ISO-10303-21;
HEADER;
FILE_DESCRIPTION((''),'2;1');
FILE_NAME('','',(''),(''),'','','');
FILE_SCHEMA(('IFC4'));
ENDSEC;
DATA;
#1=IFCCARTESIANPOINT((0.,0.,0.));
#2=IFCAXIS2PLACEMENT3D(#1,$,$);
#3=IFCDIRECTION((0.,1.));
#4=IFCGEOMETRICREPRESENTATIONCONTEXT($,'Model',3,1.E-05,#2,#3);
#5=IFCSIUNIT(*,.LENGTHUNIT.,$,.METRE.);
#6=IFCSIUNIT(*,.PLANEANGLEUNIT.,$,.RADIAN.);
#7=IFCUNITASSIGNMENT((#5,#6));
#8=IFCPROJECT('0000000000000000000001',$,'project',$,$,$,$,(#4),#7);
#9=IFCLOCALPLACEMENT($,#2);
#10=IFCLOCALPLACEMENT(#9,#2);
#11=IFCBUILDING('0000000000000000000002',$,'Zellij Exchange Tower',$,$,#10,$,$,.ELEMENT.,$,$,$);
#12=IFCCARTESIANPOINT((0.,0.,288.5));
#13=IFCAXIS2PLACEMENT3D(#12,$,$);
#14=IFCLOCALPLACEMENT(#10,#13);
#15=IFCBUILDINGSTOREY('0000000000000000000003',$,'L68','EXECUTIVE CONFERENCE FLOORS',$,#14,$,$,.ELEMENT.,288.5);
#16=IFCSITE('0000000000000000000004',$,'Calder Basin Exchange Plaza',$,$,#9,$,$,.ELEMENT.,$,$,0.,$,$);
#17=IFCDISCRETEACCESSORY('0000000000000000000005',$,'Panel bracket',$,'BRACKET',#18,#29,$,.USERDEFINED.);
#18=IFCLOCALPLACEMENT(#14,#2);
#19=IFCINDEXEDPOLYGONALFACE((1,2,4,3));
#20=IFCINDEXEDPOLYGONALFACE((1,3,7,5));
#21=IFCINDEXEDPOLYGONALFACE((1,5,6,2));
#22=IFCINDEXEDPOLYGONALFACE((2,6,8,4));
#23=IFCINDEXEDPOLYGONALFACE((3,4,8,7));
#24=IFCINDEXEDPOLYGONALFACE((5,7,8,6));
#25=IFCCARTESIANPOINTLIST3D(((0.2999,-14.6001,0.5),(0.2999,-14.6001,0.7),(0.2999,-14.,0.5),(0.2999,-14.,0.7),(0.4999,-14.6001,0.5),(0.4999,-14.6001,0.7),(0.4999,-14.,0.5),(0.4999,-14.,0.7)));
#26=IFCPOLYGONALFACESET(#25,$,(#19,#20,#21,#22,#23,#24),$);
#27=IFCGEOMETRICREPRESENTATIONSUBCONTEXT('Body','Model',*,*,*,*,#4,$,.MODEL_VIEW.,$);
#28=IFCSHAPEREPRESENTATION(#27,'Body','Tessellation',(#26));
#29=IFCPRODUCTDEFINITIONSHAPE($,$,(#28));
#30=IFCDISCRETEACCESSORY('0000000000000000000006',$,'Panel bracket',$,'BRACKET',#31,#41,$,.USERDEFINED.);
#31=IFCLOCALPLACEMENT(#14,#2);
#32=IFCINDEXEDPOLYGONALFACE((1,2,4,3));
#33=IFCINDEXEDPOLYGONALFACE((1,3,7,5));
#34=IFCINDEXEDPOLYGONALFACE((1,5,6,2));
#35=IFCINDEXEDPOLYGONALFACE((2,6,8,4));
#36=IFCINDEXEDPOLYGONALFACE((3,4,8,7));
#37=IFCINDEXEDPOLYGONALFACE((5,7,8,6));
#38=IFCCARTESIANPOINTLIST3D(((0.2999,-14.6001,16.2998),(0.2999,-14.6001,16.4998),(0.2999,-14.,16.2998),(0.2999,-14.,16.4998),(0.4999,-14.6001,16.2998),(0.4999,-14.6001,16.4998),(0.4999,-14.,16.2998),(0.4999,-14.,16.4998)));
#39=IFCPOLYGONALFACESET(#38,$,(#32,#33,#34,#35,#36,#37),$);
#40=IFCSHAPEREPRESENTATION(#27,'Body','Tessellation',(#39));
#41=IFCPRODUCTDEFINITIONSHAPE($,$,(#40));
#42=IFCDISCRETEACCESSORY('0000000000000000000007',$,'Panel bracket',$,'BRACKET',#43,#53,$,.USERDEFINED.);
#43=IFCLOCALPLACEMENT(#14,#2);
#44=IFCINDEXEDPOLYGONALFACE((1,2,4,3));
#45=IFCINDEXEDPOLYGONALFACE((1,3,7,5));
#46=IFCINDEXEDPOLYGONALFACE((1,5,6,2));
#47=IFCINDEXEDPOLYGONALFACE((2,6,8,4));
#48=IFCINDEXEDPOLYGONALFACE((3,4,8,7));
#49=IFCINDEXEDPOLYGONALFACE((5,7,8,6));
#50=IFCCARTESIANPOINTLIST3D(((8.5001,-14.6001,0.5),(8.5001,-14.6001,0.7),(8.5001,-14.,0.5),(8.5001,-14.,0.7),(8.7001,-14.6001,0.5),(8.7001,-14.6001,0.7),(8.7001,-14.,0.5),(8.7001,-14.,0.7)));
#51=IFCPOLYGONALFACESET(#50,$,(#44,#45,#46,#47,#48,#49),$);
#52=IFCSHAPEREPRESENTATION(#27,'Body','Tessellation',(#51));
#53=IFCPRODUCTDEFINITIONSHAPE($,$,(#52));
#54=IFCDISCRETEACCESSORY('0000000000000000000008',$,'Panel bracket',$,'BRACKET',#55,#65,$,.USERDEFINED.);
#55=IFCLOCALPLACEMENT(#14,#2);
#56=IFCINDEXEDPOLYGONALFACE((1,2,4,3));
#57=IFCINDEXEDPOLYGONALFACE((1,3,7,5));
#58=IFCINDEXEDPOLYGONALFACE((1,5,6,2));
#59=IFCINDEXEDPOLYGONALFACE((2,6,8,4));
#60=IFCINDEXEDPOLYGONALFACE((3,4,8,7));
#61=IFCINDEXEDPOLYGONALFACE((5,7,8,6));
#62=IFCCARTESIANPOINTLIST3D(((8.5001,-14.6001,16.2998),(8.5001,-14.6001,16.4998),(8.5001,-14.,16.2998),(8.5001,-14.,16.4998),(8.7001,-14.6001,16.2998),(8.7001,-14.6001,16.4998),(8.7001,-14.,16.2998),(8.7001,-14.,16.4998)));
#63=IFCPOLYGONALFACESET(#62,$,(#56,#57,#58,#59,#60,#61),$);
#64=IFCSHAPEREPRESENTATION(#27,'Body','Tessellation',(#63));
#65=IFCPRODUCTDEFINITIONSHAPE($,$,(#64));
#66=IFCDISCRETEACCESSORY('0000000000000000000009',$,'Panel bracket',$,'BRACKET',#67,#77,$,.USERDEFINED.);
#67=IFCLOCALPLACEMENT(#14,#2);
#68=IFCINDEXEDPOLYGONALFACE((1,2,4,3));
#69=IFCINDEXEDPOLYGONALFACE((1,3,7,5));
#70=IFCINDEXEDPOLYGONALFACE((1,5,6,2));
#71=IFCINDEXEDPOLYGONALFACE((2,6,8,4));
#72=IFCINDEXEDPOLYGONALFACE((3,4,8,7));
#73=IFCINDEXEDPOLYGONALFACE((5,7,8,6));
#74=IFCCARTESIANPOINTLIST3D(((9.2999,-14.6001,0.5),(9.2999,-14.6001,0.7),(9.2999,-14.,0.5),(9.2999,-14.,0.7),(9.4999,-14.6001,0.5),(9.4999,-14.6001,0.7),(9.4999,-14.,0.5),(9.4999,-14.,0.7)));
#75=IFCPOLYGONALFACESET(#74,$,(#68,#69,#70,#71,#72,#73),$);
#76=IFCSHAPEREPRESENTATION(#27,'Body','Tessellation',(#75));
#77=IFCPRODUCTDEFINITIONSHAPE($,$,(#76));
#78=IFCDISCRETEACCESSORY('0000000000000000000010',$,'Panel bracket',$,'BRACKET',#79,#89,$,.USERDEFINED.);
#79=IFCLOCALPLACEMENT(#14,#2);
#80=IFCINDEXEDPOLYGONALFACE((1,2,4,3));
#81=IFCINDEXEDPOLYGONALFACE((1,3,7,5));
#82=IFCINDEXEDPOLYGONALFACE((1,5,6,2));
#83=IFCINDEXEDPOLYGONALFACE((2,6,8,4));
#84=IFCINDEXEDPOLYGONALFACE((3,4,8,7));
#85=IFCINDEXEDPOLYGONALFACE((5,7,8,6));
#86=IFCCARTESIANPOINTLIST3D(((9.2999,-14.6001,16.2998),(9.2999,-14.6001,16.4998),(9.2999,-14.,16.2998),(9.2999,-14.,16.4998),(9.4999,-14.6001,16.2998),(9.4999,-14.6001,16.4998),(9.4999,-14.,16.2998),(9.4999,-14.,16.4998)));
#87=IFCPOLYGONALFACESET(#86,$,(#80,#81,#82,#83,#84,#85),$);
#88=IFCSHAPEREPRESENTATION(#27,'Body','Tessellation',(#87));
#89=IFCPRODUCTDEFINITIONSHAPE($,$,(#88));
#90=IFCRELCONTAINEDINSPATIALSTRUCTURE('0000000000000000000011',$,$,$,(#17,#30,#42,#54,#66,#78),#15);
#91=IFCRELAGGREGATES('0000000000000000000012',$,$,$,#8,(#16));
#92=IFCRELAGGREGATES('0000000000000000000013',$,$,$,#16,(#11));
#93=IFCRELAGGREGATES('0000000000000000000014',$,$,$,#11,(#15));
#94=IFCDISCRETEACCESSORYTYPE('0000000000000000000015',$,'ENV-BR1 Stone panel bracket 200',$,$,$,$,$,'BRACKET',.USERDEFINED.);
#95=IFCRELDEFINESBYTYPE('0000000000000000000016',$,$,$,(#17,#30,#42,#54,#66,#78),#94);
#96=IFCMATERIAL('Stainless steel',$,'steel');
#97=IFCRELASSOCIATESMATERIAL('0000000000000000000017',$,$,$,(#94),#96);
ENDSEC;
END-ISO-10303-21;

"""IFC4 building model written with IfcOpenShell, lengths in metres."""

from ifc_helpers import new_model, si_unit, direction, frame, origin, origin_2d, place, context, subcontext, project, spatial, rectangle, extrude, material, type_object, element, save


model = new_model("IFC4")

# Units and contexts
model_context = context("Model", 3, precision=1e-05, world=origin(), true_north=direction((0.0, 1.0)))
body_context = subcontext(model_context, "Body", "Model", "MODEL_VIEW")
ifc_project = project(units=[si_unit("LENGTHUNIT", "METRE"), si_unit("PLANEANGLEUNIT", "RADIAN")], contexts=[model_context])

# Site, building, storey
site_placement = place(None, origin())
site = spatial("IfcSite", under=ifc_project, at=site_placement, Name="Calder Basin Exchange Plaza", CompositionType="ELEMENT", RefElevation=0.0)
building_placement = place(site_placement, origin())
building = spatial("IfcBuilding", under=site, at=building_placement, Name="Zellij Exchange Tower", CompositionType="ELEMENT")
storey_placement = place(building_placement, frame((0.0, 0.0, 288.5)))
storey = spatial("IfcBuildingStorey", under=building, at=storey_placement, Name="L68", Description="EXECUTIVE CONFERENCE FLOORS", CompositionType="ELEMENT", Elevation=288.5)

# Shared definitions
ifc_material_1 = material(Name="Stainless steel", Category="steel")

# Discrete accessories
discrete_accessory_type = type_object("IfcDiscreteAccessoryType", Name="ENV-BR1 Stone panel bracket 200", ElementType="BRACKET", PredefinedType="USERDEFINED", material=ifc_material_1)
for number, where, z_axis, x_axis, name in (
    (1, (0.3999, -14.3, 0.5), (0.0, 0.0, 1.0), (1.0, 0.0, 0.0), "Panel bracket"),
    (2, (0.3999, -14.3, 16.2998), (0.0, 0.0, 1.0), (1.0, 0.0, 0.0), "Panel bracket"),
    (3, (8.6001, -14.3, 0.5), (0.0, 0.0, 1.0), (1.0, 0.0, 0.0), "Panel bracket"),
    (4, (8.6001, -14.3, 16.2998), (0.0, 0.0, 1.0), (1.0, 0.0, 0.0), "Panel bracket"),
    (5, (9.3999, -14.3, 0.5), (0.0, 0.0, 1.0), (1.0, 0.0, 0.0), "Panel bracket"),
    (6, (9.3999, -14.3, 16.2998), (0.0, 0.0, 1.0), (1.0, 0.0, 0.0), "Panel bracket"),
):
    element("IfcDiscreteAccessory", number, at=place(storey_placement, frame(where, z_axis=z_axis, x_axis=x_axis)), inside=storey, type_object=discrete_accessory_type, Name=name, ObjectType="BRACKET", PredefinedType="USERDEFINED", context=body_context, shape_type="SweptSolid", body=[
        extrude(rectangle(XDim=0.2, YDim=0.6001, at=origin_2d()), origin(), (0.0, 0.0, 1.0), 0.2),
    ])

save(model, "model.ifc")
